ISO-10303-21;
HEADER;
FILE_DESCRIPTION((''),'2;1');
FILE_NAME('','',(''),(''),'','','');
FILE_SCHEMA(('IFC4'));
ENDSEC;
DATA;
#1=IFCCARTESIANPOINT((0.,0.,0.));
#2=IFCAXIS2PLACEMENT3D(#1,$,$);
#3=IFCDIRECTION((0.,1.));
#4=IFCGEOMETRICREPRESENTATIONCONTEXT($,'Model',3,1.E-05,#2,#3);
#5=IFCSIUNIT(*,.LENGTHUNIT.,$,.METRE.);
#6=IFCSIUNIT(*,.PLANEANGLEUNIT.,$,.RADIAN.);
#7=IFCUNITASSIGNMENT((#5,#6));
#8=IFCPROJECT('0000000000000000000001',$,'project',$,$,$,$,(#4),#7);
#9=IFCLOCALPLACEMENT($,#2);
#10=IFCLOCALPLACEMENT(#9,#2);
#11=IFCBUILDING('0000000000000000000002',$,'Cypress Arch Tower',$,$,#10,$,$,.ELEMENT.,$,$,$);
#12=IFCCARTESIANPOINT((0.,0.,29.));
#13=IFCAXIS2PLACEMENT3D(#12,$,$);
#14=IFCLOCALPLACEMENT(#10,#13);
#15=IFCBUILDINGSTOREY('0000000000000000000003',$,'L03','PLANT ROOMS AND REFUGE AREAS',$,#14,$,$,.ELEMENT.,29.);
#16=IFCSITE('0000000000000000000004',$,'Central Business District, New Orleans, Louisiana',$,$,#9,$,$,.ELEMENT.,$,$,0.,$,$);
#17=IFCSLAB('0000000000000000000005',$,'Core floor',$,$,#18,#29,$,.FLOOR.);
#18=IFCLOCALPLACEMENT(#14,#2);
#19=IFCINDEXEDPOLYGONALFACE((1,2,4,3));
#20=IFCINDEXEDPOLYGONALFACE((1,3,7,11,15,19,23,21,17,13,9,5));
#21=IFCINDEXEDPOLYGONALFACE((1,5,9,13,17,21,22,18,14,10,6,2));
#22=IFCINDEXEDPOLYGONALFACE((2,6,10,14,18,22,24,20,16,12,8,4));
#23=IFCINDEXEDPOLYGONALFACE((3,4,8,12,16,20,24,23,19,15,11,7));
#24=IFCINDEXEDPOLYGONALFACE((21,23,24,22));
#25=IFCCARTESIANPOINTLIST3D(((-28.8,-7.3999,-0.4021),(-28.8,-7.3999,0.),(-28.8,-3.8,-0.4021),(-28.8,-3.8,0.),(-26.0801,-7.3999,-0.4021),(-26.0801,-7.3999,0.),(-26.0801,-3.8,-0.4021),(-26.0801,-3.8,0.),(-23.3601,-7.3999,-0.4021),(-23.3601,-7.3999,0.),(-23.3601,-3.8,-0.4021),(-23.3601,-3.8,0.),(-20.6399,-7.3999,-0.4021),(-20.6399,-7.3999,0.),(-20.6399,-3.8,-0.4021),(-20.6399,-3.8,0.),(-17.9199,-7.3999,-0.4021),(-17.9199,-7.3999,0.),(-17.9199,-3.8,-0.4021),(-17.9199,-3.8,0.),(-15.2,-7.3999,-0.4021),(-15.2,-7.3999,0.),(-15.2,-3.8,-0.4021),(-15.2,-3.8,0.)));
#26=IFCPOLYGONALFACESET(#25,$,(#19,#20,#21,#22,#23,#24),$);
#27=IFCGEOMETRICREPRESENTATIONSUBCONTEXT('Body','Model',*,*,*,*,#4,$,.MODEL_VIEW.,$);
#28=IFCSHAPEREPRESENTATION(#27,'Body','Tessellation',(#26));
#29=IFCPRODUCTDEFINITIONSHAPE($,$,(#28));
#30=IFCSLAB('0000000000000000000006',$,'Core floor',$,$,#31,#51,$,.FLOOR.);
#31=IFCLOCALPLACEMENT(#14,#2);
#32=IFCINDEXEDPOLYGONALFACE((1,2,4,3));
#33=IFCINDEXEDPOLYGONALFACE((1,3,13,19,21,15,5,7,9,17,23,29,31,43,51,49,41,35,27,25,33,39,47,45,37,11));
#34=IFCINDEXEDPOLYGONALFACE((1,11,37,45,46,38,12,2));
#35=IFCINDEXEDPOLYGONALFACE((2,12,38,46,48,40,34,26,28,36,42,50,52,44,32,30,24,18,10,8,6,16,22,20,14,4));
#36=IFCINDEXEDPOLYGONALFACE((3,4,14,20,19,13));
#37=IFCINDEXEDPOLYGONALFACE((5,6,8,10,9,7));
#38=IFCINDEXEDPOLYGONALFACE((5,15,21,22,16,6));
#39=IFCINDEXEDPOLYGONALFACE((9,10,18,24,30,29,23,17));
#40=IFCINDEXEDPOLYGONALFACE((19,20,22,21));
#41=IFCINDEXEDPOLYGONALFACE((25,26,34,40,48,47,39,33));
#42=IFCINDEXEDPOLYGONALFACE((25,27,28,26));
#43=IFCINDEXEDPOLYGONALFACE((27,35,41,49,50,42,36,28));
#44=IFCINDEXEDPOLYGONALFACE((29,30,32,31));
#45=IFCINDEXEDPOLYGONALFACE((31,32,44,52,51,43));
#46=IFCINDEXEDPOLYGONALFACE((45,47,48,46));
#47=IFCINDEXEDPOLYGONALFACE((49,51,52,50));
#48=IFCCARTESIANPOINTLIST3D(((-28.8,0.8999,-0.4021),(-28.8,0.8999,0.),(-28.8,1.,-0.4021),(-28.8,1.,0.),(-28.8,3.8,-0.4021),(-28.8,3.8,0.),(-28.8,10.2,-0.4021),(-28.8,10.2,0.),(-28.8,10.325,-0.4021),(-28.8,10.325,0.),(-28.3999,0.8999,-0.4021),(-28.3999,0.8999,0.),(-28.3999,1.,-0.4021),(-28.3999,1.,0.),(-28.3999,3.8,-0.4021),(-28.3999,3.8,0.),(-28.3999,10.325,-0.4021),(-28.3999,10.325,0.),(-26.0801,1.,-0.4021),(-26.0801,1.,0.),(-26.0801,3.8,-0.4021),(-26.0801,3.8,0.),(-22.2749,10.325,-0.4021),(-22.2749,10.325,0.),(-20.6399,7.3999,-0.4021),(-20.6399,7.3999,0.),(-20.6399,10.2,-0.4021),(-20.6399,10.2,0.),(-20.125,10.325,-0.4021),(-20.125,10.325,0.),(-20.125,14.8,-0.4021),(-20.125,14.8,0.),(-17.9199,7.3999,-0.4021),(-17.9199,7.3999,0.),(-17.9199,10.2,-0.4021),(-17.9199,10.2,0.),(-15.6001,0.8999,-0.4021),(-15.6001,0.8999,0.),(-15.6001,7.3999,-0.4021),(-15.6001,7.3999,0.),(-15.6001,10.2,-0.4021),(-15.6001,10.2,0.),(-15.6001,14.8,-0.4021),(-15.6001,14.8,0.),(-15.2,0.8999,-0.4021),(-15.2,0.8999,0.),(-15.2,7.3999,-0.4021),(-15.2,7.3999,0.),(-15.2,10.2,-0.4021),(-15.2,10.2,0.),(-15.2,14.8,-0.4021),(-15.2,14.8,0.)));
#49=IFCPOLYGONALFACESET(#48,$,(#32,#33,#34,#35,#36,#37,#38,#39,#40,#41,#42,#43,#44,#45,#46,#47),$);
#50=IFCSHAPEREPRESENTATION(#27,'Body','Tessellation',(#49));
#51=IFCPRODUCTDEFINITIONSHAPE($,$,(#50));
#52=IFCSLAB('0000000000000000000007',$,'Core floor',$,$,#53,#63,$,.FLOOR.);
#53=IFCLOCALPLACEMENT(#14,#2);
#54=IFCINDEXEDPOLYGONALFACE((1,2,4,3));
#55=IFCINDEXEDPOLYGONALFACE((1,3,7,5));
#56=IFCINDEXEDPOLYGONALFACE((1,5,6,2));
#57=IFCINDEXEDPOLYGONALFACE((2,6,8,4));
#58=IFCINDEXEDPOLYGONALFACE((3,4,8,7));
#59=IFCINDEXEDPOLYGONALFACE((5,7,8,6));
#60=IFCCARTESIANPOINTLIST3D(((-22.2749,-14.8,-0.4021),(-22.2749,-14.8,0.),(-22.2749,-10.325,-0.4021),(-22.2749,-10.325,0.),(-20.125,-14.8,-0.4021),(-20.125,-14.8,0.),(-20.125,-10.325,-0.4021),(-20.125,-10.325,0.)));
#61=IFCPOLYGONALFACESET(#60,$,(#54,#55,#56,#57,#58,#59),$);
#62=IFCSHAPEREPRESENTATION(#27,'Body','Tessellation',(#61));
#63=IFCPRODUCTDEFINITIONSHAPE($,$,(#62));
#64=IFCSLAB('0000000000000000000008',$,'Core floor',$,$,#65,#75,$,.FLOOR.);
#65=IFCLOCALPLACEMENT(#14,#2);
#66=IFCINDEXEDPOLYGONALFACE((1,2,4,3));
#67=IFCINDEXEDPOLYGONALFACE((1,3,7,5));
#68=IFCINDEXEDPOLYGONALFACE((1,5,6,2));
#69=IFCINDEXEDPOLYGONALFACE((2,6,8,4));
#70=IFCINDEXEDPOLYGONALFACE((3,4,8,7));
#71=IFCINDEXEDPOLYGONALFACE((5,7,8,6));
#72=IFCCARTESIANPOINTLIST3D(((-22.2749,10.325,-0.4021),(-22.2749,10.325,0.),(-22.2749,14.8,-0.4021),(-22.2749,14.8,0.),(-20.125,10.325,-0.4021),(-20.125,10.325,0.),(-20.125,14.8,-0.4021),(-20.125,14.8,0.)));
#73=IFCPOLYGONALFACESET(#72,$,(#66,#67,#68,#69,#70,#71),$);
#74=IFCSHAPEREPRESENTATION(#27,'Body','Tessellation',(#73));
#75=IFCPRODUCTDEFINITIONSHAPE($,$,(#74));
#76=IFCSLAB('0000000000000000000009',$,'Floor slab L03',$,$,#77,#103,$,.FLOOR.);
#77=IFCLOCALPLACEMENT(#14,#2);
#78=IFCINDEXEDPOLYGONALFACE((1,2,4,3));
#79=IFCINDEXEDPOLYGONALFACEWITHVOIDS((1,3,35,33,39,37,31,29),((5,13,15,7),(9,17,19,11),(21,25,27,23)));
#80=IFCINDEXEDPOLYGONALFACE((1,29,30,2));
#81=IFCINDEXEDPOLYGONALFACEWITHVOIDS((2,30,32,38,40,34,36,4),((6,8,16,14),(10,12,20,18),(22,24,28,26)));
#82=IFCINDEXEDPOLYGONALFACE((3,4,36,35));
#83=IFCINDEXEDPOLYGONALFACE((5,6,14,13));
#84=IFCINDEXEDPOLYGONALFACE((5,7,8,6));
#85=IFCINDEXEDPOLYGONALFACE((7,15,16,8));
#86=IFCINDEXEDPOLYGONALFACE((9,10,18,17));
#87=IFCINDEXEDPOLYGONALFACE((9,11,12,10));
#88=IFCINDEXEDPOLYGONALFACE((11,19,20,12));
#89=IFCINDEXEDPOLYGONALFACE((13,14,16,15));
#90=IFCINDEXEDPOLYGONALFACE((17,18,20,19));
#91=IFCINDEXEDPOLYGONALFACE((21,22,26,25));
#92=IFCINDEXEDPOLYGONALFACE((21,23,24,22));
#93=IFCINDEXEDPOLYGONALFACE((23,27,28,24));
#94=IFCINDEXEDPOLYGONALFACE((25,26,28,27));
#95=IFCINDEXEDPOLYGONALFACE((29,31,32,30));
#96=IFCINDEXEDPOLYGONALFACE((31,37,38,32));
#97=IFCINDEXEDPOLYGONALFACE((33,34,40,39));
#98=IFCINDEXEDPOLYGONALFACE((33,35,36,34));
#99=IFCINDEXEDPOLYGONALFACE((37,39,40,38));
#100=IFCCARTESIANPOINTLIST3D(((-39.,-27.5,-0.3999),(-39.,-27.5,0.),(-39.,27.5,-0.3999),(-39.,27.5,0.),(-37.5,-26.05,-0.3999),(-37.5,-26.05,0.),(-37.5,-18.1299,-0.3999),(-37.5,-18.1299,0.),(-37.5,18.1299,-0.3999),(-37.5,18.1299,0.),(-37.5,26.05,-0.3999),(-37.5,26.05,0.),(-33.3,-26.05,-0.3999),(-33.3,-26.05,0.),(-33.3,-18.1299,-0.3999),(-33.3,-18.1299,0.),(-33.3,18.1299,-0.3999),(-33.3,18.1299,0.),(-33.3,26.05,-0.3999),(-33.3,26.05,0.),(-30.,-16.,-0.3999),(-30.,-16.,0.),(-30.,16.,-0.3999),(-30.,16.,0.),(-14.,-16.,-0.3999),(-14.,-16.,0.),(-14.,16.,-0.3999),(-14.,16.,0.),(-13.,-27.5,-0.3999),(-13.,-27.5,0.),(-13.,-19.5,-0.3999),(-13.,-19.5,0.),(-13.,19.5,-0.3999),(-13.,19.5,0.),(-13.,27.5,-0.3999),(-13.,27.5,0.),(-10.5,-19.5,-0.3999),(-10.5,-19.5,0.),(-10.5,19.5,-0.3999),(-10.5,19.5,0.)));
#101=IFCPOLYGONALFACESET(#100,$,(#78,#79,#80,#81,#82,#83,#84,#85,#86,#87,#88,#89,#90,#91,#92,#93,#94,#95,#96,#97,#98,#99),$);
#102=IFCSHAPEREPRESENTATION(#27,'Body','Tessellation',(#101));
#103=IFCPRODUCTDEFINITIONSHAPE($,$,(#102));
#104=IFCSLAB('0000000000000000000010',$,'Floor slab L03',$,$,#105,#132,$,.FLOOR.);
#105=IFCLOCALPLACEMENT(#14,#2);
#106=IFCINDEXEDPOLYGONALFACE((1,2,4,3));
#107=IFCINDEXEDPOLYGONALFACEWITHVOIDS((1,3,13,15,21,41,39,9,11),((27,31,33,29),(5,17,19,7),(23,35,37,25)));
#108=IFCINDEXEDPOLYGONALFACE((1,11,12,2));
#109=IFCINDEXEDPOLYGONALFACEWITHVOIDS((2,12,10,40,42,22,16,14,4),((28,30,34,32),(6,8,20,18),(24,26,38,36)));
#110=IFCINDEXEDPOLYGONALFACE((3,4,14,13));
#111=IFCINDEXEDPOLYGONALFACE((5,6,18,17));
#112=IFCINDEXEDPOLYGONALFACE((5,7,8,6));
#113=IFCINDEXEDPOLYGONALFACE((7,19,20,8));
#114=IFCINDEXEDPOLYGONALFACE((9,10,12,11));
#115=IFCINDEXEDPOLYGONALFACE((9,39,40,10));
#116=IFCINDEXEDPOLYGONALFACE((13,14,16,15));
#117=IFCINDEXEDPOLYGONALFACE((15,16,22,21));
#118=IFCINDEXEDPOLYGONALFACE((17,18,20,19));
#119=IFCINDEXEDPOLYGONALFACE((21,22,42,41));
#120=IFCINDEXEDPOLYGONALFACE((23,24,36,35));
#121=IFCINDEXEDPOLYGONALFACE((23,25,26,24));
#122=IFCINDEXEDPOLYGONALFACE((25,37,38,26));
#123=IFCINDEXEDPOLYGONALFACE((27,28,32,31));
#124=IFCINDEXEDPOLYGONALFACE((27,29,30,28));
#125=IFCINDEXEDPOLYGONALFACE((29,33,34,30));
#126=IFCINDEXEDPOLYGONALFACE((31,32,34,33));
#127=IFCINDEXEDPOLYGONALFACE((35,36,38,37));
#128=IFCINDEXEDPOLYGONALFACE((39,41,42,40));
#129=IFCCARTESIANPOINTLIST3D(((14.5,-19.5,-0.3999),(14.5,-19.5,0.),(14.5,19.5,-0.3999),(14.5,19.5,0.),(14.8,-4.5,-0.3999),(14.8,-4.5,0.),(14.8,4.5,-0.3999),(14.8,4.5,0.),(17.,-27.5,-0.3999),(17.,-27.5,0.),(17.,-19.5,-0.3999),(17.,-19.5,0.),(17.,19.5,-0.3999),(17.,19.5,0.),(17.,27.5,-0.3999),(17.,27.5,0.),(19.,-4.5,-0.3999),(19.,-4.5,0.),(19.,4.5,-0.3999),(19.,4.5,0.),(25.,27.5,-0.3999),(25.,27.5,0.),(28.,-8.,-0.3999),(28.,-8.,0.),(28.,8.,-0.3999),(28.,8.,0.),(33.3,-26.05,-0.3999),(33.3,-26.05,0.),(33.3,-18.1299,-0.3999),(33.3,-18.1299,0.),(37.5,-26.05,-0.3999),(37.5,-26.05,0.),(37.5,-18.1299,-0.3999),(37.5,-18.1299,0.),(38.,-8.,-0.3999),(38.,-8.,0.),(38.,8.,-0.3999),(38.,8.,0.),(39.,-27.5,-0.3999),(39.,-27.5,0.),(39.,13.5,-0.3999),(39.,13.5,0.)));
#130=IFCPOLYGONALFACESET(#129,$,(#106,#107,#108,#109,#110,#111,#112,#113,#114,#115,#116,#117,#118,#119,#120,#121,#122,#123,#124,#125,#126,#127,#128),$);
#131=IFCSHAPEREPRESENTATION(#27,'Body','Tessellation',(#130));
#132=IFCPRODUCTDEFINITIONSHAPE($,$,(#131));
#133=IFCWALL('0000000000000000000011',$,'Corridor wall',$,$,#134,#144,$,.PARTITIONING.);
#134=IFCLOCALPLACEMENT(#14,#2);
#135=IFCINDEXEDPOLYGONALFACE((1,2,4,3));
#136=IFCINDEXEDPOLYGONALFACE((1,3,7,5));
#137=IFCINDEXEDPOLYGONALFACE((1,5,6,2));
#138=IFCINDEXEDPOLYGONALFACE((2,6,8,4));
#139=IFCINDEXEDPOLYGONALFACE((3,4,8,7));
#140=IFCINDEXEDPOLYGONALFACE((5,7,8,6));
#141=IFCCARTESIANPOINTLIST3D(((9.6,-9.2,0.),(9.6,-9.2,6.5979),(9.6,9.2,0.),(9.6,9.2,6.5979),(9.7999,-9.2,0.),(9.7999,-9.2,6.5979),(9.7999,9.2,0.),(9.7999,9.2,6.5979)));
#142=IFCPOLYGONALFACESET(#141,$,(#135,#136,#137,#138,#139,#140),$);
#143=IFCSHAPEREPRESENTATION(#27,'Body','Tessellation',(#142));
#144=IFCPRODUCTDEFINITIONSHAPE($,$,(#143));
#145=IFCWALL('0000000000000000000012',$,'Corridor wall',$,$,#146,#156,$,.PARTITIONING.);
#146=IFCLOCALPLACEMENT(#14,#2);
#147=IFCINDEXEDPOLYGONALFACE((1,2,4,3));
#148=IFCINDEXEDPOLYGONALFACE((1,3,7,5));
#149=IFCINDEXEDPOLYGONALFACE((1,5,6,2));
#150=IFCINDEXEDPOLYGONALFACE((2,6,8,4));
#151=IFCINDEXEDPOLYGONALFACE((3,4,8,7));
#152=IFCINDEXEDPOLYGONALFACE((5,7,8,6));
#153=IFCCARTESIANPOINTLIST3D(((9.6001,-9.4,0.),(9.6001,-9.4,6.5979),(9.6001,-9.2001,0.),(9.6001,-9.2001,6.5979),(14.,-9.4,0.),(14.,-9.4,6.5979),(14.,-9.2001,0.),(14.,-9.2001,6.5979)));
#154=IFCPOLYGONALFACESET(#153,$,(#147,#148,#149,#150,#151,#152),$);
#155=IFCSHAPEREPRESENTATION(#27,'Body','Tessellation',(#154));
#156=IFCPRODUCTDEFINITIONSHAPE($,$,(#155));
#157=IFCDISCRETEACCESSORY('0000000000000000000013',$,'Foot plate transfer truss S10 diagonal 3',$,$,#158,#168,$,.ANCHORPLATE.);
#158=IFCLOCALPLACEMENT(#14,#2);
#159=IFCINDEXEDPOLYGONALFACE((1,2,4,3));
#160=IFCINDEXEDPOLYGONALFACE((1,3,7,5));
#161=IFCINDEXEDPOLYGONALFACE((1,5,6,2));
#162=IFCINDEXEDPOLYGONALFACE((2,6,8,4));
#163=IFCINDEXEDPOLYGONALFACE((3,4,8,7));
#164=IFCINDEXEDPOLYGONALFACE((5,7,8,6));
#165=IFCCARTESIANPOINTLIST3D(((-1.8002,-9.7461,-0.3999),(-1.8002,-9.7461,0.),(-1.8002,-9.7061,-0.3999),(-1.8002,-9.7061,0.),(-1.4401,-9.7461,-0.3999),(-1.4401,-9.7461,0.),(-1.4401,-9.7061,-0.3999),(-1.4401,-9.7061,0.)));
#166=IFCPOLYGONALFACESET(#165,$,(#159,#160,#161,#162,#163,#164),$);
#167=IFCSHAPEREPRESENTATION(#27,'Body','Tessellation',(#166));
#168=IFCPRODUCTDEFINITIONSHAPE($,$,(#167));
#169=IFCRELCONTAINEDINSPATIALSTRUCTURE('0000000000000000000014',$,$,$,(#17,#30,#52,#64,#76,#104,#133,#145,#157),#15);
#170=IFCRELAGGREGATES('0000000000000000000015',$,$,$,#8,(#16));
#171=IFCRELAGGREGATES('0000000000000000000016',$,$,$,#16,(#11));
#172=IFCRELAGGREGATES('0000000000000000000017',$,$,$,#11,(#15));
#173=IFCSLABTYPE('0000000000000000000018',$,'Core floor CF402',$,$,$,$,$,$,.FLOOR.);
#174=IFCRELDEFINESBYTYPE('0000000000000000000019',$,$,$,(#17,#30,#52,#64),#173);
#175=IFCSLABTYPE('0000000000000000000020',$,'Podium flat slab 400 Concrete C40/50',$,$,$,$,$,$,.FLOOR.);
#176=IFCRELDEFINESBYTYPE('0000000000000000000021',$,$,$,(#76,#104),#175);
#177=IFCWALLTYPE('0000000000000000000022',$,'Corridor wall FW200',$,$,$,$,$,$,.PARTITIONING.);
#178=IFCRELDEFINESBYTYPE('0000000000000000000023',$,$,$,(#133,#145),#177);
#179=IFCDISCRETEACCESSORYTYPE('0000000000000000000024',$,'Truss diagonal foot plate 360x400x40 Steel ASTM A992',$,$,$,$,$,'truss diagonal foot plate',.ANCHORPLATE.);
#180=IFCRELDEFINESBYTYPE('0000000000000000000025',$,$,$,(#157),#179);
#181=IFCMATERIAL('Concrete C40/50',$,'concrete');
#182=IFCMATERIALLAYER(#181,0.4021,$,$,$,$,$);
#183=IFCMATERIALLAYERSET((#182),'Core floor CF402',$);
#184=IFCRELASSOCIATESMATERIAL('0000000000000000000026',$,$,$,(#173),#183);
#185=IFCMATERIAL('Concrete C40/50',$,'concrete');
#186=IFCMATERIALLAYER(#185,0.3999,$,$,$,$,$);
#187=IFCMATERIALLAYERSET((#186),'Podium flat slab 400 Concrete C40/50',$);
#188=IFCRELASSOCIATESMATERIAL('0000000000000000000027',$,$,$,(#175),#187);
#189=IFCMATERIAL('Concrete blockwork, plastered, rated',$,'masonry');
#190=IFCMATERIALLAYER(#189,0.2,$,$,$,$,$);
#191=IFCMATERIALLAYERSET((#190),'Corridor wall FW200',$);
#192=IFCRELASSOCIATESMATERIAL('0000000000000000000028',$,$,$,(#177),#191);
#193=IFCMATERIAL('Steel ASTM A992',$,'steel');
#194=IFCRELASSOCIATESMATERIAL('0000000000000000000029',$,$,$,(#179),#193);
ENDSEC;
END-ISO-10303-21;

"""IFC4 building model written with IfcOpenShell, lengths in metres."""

from ifc_helpers import new_model, si_unit, direction, frame, frame_2d, origin, origin_2d, place, context, subcontext, project, spatial, polyline, rectangle, outline, extrude, material, layer, layer_set, material_profile, profile_set, type_object, element, save


model = new_model("IFC4")

# Units and contexts
model_context = context("Model", 3, precision=1e-05, world=origin(), true_north=direction((0.0, 1.0)))
body_context = subcontext(model_context, "Body", "Model", "MODEL_VIEW")
ifc_project = project(units=[si_unit("LENGTHUNIT", "METRE"), si_unit("PLANEANGLEUNIT", "RADIAN")], contexts=[model_context])

# Site, building, storey
site_placement = place(None, origin())
site = spatial("IfcSite", under=ifc_project, at=site_placement, Name="Central Business District, New Orleans, Louisiana", CompositionType="ELEMENT", RefElevation=0.0)
building_placement = place(site_placement, origin())
building = spatial("IfcBuilding", under=site, at=building_placement, Name="Cypress Arch Tower", CompositionType="ELEMENT")
storey_placement = place(building_placement, frame((0.0, 0.0, 29.0)))
storey = spatial("IfcBuildingStorey", under=building, at=storey_placement, Name="L03", Description="PLANT ROOMS AND REFUGE AREAS", CompositionType="ELEMENT", Elevation=29.0)

# Slabs
ifc_material_1 = material(Name="Concrete C40/50", Category="concrete")
ifc_layer_1 = layer(ifc_material_1, 0.4021)
ifc_layer_set_1 = layer_set([ifc_layer_1], Name="Core floor CF402")
slab_type_1 = type_object("IfcSlabType", Name="Core floor CF402", PredefinedType="FLOOR", material=ifc_layer_set_1)
slab_1_placement = place(storey_placement, frame((0.0, 0.0, -0.4021)))
element("IfcSlab", 1, at=slab_1_placement, inside=storey, type_object=slab_type_1, Name="Core floor", PredefinedType="FLOOR", context=body_context, shape_type="SweptSolid", body=[
    extrude(outline(polyline([(-28.8, -3.8), (-28.8, -7.3999), (-26.0801, -7.3999), (-23.3601, -7.3999), (-20.6399, -7.3999), (-17.9199, -7.3999), (-15.2, -7.3999), (-15.2, -3.8), (-17.9199, -3.8), (-20.6399, -3.8), (-23.3601, -3.8), (-26.0801, -3.8), (-28.8, -3.8)])), origin(), (0.0, 0.0, 1.0), 0.4021),
])
slab_2_placement = place(storey_placement, frame((0.0, 0.0, -0.4021)))
element("IfcSlab", 2, at=slab_2_placement, inside=storey, type_object=slab_type_1, Name="Core floor", PredefinedType="FLOOR", context=body_context, shape_type="SweptSolid", body=[
    extrude(outline(polyline([(-28.8, 3.8), (-28.8, 10.2), (-28.8, 10.325), (-28.3999, 10.325), (-22.2749, 10.325), (-20.125, 10.325), (-20.125, 14.8), (-15.6001, 14.8), (-15.2, 14.8), (-15.2, 10.2), (-15.6001, 10.2), (-17.9199, 10.2), (-20.6399, 10.2), (-20.6399, 7.3999), (-17.9199, 7.3999), (-15.6001, 7.3999), (-15.2, 7.3999), (-15.2, 0.8999), (-15.6001, 0.8999), (-28.3999, 0.8999), (-28.8, 0.8999), (-28.8, 1.0), (-28.3999, 1.0), (-26.0801, 1.0), (-26.0801, 3.8), (-28.3999, 3.8), (-28.8, 3.8)])), origin(), (0.0, 0.0, 1.0), 0.4021),
])
slab_3_placement = place(storey_placement, frame((0.0, 0.0, -0.4021)))
element("IfcSlab", 3, at=slab_3_placement, inside=storey, type_object=slab_type_1, Name="Core floor", PredefinedType="FLOOR", context=body_context, shape_type="SweptSolid", body=[
    extrude(outline(polyline([(-22.2749, -10.325), (-22.2749, -14.8), (-20.125, -14.8), (-20.125, -10.325), (-22.2749, -10.325)])), origin(), (0.0, 0.0, 1.0), 0.4021),
])
slab_4_placement = place(storey_placement, frame((0.0, 0.0, -0.4021)))
element("IfcSlab", 4, at=slab_4_placement, inside=storey, type_object=slab_type_1, Name="Core floor", PredefinedType="FLOOR", context=body_context, shape_type="SweptSolid", body=[
    extrude(outline(polyline([(-20.125, 14.8), (-22.2749, 14.8), (-22.2749, 10.325), (-20.125, 10.325), (-20.125, 14.8)])), origin(), (0.0, 0.0, 1.0), 0.4021),
])
ifc_material_2 = material(Name="Concrete C40/50", Category="concrete")
ifc_layer_2 = layer(ifc_material_2, 0.3999)
ifc_layer_set_2 = layer_set([ifc_layer_2], Name="Podium flat slab 400 Concrete C40/50")
slab_type_2 = type_object("IfcSlabType", Name="Podium flat slab 400 Concrete C40/50", PredefinedType="FLOOR", material=ifc_layer_set_2)
slab_5_placement = place(storey_placement, frame((0.0, 0.0, -0.3999)))
element("IfcSlab", 5, at=slab_5_placement, inside=storey, type_object=slab_type_2, Name="Floor slab L03", PredefinedType="FLOOR", context=body_context, shape_type="SweptSolid", body=[
    extrude(outline(polyline([(-39.0, 27.5), (-13.0, 27.5), (-13.0, 19.5), (-10.5, 19.5), (-10.5, -19.5), (-13.0, -19.5), (-13.0, -27.5), (-39.0, -27.5), (-39.0, 27.5)]), holes=[polyline([(-37.5, -18.1299), (-37.5, -26.05), (-33.3, -26.05), (-33.3, -18.1299), (-37.5, -18.1299)]), polyline([(-30.0, 16.0), (-30.0, -16.0), (-14.0, -16.0), (-14.0, 16.0), (-30.0, 16.0)]), polyline([(-33.3, 18.1299), (-33.3, 26.05), (-37.5, 26.05), (-37.5, 18.1299), (-33.3, 18.1299)])]), origin(), (0.0, 0.0, 1.0), 0.3999),
])
slab_6_placement = place(storey_placement, frame((0.0, 0.0, -0.3999)))
element("IfcSlab", 6, at=slab_6_placement, inside=storey, type_object=slab_type_2, Name="Floor slab L03", PredefinedType="FLOOR", context=body_context, shape_type="SweptSolid", body=[
    extrude(outline(polyline([(39.0, 13.5), (39.0, -27.5), (17.0, -27.5), (17.0, -19.5), (14.5, -19.5), (14.5, 19.5), (17.0, 19.5), (17.0, 27.5), (25.0, 27.5), (39.0, 13.5)]), holes=[polyline([(33.3, -18.1299), (33.3, -26.05), (37.5, -26.05), (37.5, -18.1299), (33.3, -18.1299)]), polyline([(14.8, 4.5), (14.8, -4.5), (19.0, -4.5), (19.0, 4.5), (14.8, 4.5)]), polyline([(28.0, 8.0), (28.0, -8.0), (38.0, -8.0), (38.0, 8.0), (28.0, 8.0)])]), origin(), (0.0, 0.0, 1.0), 0.3999),
])

# Walls
ifc_material_3 = material(Name="Concrete blockwork, plastered, rated", Category="masonry")
ifc_layer_3 = layer(ifc_material_3, 0.2)
ifc_layer_set_3 = layer_set([ifc_layer_3], Name="Corridor wall FW200")
wall_type = type_object("IfcWallType", Name="Corridor wall FW200", PredefinedType="PARTITIONING", material=ifc_layer_set_3)
wall_1_placement = place(storey_placement, frame((9.7, -9.2, 0.0), z_axis=(0.0, 0.0, 1.0), x_axis=(0.0, 1.0, 0.0)))
element("IfcWall", 7, at=wall_1_placement, inside=storey, type_object=wall_type, Name="Corridor wall", PredefinedType="PARTITIONING", context=body_context, shape_type="SweptSolid", body=[
    extrude(rectangle(XDim=18.3999, YDim=0.2, at=frame_2d((9.2, 0.0))), origin(), (0.0, 0.0, 1.0), 6.5979),
])
wall_2_placement = place(storey_placement, frame((9.6001, -9.3, 0.0), z_axis=(0.0, 0.0, 1.0), x_axis=(1.0, 0.0, 0.0)))
element("IfcWall", 8, at=wall_2_placement, inside=storey, type_object=wall_type, Name="Corridor wall", PredefinedType="PARTITIONING", context=body_context, shape_type="SweptSolid", body=[
    extrude(rectangle(XDim=4.3999, YDim=0.2, at=frame_2d((2.2, 0.0))), origin(), (0.0, 0.0, 1.0), 6.5979),
])

# Discrete accessory
ifc_material_4 = material(Name="Steel ASTM A992", Category="steel")
ifc_material_profile_1 = material_profile(ifc_material_4, rectangle(XDim=0.3601, YDim=0.3999, at=origin_2d()), Name="PL 40 360x400")
ifc_profile_set_1 = profile_set([ifc_material_profile_1], Name="Steel ASTM A992")
discrete_accessory_type_1 = type_object("IfcDiscreteAccessoryType", Name="Truss diagonal foot plate 360x400x40 Steel ASTM A992", ElementType="truss diagonal foot plate", PredefinedType="ANCHORPLATE", material=ifc_profile_set_1)
for number, where, z_axis, x_axis, name in (
    (9, (-1.6201, -9.7461, -0.2), (0.0, 1.0, 0.0), (-1.0, 0.0, 0.0), "Foot plate transfer truss S10 diagonal 3"),
):
    element("IfcDiscreteAccessory", number, at=place(storey_placement, frame(where, z_axis=z_axis, x_axis=x_axis)), inside=storey, type_object=discrete_accessory_type_1, Name=name, PredefinedType="ANCHORPLATE", context=body_context, shape_type="SweptSolid", body=[
        extrude(rectangle(XDim=0.3601, YDim=0.3999, at=origin_2d()), origin(), (0.0, 0.0, 1.0), 0.04),
    ])

save(model, "model.ifc")
